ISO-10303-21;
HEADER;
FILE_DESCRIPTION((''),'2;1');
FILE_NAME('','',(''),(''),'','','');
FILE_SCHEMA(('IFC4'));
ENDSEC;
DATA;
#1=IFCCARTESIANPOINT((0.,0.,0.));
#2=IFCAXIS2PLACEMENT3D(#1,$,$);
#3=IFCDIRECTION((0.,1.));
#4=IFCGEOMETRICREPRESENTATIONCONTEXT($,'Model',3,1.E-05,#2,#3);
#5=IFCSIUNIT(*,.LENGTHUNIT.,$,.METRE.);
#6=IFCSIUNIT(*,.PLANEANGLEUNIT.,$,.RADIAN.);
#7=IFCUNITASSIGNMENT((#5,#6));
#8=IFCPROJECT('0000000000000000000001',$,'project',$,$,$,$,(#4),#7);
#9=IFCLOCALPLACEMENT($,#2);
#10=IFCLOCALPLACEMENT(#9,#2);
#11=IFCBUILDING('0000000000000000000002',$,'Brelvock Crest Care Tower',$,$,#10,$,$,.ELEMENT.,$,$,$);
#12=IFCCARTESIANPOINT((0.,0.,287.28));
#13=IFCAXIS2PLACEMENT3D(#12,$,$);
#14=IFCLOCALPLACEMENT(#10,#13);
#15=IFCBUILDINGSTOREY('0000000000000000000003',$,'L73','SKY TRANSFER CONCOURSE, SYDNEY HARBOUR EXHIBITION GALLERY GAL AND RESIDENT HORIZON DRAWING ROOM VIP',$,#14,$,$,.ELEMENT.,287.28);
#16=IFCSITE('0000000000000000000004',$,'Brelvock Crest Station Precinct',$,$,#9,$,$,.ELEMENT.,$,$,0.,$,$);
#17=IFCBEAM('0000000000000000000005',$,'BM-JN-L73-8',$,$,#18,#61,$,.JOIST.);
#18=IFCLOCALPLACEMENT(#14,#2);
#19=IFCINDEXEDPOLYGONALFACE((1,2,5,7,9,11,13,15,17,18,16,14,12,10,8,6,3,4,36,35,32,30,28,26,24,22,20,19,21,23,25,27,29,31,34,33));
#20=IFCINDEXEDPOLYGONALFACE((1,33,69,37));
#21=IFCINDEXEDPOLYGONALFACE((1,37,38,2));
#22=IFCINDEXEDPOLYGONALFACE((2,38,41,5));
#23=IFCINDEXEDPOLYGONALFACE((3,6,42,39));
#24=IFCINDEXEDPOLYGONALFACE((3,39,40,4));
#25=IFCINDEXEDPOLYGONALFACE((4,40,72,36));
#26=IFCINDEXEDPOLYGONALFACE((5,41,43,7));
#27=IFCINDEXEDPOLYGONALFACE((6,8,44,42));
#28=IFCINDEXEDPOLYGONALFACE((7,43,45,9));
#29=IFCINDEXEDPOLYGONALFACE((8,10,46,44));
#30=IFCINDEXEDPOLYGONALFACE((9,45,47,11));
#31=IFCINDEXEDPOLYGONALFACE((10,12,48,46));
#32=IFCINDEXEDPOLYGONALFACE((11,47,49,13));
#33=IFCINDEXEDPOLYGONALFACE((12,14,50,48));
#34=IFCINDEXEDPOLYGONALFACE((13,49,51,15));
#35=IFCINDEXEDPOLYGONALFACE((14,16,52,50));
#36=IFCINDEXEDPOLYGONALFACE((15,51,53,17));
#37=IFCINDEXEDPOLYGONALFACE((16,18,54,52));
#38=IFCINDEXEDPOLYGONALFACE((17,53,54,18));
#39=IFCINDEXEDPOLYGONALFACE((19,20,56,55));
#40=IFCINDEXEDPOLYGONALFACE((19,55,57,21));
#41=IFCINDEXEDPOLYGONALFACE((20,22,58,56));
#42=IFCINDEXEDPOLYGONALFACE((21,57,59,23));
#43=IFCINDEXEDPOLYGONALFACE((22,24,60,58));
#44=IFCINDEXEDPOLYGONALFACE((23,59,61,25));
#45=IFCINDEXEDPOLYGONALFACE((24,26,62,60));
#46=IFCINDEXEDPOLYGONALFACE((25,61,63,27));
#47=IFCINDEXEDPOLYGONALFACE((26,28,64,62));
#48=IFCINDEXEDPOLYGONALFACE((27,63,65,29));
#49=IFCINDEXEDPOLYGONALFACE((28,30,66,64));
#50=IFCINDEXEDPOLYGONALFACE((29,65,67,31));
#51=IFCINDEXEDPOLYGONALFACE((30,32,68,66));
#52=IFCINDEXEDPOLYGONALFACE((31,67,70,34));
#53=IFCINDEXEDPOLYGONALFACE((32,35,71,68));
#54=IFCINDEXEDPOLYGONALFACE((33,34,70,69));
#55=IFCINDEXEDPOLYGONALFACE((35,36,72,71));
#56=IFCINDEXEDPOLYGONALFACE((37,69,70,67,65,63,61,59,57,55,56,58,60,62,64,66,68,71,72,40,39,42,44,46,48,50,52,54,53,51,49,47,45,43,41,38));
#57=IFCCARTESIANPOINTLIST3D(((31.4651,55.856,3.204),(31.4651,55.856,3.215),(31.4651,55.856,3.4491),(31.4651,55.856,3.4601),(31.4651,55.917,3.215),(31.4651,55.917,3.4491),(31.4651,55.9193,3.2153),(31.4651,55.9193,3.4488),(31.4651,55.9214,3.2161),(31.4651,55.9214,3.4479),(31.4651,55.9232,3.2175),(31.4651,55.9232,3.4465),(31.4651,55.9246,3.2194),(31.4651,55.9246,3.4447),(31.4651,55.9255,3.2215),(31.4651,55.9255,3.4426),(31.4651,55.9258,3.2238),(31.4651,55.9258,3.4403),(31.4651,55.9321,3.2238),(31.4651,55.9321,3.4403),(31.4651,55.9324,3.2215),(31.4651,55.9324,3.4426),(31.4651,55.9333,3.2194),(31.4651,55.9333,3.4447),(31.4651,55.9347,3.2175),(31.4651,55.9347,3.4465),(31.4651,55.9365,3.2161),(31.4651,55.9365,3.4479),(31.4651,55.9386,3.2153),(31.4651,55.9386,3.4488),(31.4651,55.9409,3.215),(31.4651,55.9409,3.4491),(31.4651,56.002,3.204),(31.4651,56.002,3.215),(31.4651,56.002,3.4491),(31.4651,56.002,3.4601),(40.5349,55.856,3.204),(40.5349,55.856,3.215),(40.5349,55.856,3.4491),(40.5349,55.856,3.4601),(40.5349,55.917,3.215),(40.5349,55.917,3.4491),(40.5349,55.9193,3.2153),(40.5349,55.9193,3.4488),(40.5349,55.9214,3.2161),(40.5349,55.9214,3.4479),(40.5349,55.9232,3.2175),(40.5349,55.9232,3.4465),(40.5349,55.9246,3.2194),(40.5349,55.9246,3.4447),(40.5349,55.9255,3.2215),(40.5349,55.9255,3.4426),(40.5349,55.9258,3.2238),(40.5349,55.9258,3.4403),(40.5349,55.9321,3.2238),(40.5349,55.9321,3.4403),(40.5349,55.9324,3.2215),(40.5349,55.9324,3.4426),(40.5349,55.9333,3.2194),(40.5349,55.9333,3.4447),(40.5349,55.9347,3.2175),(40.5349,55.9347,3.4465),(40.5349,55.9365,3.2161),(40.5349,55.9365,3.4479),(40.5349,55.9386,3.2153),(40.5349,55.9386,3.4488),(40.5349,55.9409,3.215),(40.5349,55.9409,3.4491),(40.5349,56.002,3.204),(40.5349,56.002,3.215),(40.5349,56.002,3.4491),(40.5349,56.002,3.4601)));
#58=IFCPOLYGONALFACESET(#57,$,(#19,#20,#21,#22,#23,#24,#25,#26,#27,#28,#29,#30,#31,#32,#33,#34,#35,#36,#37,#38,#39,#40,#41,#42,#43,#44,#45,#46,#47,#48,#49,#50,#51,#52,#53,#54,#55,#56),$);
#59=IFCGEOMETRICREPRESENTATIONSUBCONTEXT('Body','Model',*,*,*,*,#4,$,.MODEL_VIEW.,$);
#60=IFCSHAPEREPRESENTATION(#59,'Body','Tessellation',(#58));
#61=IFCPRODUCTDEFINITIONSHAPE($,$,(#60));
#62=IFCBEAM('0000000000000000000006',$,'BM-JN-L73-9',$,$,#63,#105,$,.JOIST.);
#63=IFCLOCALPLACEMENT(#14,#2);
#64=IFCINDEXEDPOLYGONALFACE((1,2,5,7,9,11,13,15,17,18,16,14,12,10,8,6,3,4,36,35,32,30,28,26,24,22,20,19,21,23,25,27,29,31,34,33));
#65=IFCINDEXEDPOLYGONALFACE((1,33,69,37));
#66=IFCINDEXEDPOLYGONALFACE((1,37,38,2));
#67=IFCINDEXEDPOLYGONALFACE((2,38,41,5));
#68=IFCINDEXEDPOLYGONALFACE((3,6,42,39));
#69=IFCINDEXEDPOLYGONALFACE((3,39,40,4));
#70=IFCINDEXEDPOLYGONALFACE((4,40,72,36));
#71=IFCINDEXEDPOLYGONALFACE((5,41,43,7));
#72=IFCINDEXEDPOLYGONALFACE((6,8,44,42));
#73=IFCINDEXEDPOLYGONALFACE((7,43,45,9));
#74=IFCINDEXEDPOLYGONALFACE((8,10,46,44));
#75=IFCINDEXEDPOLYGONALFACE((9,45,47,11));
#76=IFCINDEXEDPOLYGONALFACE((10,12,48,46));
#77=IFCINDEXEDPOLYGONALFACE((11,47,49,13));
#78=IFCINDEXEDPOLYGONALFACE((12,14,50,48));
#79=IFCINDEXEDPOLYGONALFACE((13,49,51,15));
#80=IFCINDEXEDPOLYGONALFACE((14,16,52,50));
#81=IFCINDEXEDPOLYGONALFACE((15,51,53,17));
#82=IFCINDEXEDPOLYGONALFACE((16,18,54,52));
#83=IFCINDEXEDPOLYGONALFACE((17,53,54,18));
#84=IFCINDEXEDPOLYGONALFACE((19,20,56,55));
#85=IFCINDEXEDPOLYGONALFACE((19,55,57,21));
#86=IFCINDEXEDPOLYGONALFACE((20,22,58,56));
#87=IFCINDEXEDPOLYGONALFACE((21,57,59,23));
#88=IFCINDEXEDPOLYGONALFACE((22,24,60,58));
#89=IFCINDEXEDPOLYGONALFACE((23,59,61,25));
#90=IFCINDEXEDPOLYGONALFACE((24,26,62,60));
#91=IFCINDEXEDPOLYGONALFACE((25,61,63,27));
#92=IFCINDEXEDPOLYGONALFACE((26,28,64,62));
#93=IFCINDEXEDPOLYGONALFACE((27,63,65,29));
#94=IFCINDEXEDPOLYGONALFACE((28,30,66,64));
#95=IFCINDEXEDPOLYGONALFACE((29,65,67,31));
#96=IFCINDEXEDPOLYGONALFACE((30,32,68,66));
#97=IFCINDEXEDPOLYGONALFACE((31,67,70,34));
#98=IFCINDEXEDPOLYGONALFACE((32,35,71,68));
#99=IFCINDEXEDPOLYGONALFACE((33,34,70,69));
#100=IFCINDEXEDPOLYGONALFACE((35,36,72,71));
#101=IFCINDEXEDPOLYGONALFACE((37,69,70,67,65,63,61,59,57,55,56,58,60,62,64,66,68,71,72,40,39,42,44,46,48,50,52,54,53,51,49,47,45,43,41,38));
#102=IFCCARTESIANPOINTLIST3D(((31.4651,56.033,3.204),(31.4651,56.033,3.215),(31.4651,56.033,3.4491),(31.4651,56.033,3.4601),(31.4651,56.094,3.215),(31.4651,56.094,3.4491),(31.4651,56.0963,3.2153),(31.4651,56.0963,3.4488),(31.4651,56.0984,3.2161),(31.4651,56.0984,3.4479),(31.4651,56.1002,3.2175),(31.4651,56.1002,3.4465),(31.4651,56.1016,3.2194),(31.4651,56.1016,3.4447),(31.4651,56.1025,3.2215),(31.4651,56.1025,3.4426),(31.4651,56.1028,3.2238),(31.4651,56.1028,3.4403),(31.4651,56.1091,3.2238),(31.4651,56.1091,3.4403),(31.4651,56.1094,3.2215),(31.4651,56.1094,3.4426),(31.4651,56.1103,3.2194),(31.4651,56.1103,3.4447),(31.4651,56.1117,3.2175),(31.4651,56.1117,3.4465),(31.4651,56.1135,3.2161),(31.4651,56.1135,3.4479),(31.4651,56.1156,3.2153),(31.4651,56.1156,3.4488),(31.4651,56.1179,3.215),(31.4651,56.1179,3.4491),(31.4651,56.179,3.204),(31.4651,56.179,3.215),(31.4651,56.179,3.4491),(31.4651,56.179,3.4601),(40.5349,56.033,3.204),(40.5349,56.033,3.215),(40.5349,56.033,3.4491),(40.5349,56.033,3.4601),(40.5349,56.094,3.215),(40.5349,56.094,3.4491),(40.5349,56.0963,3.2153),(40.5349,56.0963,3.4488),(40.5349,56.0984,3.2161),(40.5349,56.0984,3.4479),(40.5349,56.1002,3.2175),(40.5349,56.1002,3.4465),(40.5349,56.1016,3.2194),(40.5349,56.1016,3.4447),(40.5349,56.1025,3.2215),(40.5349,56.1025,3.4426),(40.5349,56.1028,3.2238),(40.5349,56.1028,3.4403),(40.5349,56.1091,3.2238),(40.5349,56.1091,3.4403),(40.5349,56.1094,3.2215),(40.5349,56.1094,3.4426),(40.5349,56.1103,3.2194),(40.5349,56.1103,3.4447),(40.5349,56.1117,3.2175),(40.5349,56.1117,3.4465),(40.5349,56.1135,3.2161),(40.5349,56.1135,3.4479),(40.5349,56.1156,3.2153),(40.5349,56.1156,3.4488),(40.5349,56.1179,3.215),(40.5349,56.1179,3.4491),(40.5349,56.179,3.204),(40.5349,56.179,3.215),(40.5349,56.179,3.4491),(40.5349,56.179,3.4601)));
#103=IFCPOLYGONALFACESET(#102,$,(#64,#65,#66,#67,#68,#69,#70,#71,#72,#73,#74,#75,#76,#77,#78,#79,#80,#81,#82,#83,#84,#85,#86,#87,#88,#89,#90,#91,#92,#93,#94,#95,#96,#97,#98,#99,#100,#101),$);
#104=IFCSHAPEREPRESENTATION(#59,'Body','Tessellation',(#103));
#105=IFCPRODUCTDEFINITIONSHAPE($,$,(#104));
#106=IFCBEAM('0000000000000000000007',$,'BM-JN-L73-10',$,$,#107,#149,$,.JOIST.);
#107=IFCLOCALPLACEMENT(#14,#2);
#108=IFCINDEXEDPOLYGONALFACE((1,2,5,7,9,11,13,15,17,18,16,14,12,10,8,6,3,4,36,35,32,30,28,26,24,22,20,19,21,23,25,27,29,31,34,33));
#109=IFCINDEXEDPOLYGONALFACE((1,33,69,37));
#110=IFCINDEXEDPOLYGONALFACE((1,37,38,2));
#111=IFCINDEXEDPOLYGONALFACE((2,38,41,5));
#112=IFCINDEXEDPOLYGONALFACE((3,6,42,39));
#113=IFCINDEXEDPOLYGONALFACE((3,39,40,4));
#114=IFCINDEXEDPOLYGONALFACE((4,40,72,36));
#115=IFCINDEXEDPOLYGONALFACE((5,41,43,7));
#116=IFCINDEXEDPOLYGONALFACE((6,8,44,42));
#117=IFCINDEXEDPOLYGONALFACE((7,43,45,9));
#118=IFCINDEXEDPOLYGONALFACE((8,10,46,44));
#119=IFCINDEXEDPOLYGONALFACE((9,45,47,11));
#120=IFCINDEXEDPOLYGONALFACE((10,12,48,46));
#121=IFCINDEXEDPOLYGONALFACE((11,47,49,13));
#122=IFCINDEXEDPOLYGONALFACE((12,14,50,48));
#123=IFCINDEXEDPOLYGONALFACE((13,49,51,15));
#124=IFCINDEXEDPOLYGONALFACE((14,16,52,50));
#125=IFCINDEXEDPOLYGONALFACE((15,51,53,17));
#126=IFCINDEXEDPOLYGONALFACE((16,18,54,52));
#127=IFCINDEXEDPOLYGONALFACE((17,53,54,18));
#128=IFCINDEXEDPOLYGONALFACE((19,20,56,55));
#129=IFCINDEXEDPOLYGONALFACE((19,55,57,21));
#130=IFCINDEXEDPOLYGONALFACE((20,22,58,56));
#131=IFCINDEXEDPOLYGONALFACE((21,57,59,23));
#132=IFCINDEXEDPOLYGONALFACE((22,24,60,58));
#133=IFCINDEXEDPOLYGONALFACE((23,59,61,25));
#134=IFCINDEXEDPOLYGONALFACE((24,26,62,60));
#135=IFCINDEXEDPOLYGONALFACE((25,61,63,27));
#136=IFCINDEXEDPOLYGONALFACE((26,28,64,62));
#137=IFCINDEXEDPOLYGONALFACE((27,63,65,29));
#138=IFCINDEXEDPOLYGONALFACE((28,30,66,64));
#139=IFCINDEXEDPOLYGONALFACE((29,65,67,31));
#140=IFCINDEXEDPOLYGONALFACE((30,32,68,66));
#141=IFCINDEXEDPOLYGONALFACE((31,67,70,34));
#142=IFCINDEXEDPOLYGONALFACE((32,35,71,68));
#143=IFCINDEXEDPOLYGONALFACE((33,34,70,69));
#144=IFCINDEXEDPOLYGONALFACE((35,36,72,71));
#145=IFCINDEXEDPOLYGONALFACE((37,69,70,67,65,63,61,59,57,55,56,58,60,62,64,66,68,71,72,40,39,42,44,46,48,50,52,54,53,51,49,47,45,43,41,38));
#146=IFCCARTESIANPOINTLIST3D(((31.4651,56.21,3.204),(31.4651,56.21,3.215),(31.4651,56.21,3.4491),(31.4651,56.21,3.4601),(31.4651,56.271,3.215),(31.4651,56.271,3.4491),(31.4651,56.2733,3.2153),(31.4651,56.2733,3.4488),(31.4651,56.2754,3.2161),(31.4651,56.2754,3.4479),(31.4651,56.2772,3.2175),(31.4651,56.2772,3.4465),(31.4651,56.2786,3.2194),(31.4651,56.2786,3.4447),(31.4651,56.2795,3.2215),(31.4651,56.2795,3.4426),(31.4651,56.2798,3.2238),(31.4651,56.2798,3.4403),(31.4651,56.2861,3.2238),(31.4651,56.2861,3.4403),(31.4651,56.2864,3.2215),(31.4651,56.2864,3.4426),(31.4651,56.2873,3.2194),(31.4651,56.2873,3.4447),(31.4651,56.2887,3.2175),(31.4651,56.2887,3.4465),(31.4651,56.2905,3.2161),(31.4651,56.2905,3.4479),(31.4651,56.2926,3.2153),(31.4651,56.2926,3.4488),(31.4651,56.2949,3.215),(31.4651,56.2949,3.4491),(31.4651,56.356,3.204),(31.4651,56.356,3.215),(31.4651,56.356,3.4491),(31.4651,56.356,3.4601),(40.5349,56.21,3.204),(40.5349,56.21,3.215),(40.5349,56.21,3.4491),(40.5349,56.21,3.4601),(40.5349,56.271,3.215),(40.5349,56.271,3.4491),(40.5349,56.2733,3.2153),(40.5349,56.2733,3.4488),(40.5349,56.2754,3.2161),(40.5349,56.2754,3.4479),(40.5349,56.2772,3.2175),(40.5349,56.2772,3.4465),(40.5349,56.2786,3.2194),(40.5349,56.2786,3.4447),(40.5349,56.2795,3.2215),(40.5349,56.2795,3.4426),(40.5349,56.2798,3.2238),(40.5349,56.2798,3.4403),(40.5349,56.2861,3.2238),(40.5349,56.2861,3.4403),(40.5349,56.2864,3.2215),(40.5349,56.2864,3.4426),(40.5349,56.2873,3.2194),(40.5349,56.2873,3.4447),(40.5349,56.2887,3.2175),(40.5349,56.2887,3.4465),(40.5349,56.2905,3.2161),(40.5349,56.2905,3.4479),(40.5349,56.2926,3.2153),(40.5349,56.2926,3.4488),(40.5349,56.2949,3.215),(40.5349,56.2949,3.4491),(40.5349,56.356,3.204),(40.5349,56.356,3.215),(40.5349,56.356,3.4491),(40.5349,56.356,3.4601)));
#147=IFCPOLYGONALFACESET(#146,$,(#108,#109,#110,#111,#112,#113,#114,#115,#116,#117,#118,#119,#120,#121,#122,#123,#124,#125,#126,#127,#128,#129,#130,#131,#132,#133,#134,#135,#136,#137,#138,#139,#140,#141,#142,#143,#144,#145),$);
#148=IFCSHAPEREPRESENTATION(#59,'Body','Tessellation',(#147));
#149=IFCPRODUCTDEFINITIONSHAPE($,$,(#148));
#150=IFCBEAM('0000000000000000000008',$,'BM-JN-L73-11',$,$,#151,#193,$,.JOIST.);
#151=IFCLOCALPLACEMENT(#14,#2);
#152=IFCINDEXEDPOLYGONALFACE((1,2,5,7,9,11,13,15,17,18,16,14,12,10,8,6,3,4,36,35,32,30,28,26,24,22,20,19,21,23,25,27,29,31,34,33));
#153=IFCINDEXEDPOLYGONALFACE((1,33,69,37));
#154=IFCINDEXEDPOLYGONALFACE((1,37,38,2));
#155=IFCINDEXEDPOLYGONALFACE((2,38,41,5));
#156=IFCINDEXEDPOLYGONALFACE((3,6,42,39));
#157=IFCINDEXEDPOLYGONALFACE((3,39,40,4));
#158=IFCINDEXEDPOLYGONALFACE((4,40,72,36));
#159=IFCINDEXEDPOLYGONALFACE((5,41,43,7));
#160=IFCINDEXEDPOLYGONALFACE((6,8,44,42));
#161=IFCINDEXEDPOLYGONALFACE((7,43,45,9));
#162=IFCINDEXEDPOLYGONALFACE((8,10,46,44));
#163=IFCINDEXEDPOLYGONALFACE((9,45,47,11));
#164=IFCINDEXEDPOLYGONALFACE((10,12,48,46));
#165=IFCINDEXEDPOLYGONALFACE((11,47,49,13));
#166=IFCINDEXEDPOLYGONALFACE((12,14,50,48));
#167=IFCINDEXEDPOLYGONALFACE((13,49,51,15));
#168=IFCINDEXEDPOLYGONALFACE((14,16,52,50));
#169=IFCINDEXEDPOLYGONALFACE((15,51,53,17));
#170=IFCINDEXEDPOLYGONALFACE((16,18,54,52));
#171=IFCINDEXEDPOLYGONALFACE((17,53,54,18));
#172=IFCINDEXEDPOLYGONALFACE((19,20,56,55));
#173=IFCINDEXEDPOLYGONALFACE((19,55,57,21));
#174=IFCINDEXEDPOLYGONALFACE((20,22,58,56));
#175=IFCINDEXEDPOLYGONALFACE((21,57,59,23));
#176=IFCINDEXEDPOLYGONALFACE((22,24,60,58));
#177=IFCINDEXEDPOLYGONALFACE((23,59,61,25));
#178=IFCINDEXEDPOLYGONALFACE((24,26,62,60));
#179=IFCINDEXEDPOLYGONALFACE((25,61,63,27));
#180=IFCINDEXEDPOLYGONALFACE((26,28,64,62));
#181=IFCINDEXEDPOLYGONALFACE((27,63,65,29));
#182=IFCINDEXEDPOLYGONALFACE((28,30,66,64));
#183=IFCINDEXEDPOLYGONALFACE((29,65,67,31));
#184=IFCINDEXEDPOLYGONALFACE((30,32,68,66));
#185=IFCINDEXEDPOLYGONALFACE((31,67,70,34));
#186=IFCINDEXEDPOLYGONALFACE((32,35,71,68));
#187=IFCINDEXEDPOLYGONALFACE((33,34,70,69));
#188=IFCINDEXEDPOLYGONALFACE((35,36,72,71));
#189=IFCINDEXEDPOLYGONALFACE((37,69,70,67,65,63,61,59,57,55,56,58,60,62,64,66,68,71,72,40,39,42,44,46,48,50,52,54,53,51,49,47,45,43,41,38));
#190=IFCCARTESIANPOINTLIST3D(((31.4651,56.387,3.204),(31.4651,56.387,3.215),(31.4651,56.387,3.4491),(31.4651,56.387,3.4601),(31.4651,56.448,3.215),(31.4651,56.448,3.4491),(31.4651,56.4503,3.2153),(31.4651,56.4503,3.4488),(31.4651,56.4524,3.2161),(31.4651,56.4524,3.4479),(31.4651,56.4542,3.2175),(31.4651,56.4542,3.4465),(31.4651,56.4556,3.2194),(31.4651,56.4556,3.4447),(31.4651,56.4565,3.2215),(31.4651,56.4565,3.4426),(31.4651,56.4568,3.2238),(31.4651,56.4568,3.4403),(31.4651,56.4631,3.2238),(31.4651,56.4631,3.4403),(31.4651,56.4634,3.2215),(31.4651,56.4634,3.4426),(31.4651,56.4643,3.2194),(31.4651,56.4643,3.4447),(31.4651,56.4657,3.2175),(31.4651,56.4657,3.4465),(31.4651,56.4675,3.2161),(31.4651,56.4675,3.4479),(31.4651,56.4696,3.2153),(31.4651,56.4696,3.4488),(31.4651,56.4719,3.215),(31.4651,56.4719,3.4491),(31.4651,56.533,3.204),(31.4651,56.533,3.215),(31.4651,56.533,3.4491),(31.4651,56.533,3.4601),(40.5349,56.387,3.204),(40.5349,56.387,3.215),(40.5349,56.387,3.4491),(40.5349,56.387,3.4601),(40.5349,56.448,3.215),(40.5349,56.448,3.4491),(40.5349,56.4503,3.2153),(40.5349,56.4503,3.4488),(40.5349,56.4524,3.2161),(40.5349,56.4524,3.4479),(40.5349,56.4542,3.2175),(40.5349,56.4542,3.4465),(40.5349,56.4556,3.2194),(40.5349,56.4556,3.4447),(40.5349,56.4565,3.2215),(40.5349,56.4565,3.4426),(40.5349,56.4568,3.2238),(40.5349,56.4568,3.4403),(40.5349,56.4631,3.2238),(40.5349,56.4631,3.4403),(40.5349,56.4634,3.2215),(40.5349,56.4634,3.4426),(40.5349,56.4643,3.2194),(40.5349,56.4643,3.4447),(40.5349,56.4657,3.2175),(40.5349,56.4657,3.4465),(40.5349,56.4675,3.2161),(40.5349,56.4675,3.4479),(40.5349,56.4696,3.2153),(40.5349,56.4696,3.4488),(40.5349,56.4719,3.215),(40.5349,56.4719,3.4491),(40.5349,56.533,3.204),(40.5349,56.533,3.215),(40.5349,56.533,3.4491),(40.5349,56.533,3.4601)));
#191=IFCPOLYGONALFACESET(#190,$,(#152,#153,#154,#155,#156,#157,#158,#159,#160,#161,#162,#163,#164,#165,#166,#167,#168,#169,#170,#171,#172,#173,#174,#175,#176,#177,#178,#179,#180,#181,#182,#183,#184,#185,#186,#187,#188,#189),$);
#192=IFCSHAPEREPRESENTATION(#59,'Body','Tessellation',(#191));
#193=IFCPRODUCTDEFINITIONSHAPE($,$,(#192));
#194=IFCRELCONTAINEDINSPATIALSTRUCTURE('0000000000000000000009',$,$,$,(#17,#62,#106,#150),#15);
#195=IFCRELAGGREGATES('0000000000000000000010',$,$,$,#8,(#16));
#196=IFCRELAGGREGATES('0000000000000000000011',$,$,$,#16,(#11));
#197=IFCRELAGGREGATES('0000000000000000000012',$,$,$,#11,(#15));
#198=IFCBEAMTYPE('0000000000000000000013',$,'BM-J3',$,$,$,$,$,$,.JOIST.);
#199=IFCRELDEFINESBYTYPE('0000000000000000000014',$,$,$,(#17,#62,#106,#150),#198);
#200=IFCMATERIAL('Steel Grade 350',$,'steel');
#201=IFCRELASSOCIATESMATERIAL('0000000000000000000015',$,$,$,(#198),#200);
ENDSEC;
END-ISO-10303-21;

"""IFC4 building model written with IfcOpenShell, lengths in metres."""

from ifc_helpers import new_model, si_unit, direction, frame, origin, origin_2d, place, context, subcontext, project, spatial, i_section, extrude, source, transform, mapped, material, material_profile, profile_set, type_object, element, save


model = new_model("IFC4")

# Units and contexts
model_context = context("Model", 3, precision=1e-05, world=origin(), true_north=direction((0.0, 1.0)))
body_context = subcontext(model_context, "Body", "Model", "MODEL_VIEW")
ifc_project = project(units=[si_unit("LENGTHUNIT", "METRE"), si_unit("PLANEANGLEUNIT", "RADIAN")], contexts=[model_context])

# Site, building, storey
site_placement = place(None, origin())
site = spatial("IfcSite", under=ifc_project, at=site_placement, Name="Brelvock Crest Station Precinct", CompositionType="ELEMENT", RefElevation=0.0)
building_placement = place(site_placement, origin())
building = spatial("IfcBuilding", under=site, at=building_placement, Name="Brelvock Crest Care Tower", CompositionType="ELEMENT")
storey_placement = place(building_placement, frame((0.0, 0.0, 287.28)))
storey = spatial("IfcBuildingStorey", under=building, at=storey_placement, Name="L73", Description="SKY TRANSFER CONCOURSE, SYDNEY HARBOUR EXHIBITION GALLERY GAL AND RESIDENT HORIZON DRAWING ROOM VIP", CompositionType="ELEMENT", Elevation=287.28)

# Shared definitions
ifc_material_1 = material(Name="Steel Grade 350", Category="steel")

# Beams
ifc_material_profile_1 = material_profile(ifc_material_1, i_section(OverallWidth=0.146, OverallDepth=0.2561, WebThickness=0.0063, FlangeThickness=0.011, FilletRadius=0.0088, at=origin_2d()), Name="250UB37.3")
ifc_profile_set_1 = profile_set([ifc_material_profile_1], Name="Steel Grade 350")
beam_type_1 = type_object("IfcBeamType", Name="BM-J3", PredefinedType="JOIST", material=ifc_profile_set_1)
shared_shape_1 = source(origin(), body_context, "Body", "SweptSolid", [
    extrude(i_section(OverallWidth=0.146, OverallDepth=0.2561, WebThickness=0.0063, FlangeThickness=0.011, FilletRadius=0.0088, at=origin_2d()), origin(), (0.0, 0.0, 1.0), 9.0698),
])
for number, where, z_axis, x_axis, name in (
    (1, (31.4651, 55.929, 3.332), (1.0, 0.0, 0.0), (0.0, 1.0, 0.0), "BM-JN-L73-8"),
    (2, (31.4651, 56.106, 3.332), (1.0, 0.0, 0.0), (0.0, 1.0, 0.0), "BM-JN-L73-9"),
    (3, (31.4651, 56.283, 3.332), (1.0, 0.0, 0.0), (0.0, 1.0, 0.0), "BM-JN-L73-10"),
    (4, (31.4651, 56.46, 3.332), (1.0, 0.0, 0.0), (0.0, 1.0, 0.0), "BM-JN-L73-11"),
):
    element("IfcBeam", number, at=place(storey_placement, frame(where, z_axis=z_axis, x_axis=x_axis)), inside=storey, type_object=beam_type_1, Name=name, PredefinedType="JOIST", context=body_context, shape_type="MappedRepresentation", body=[
        mapped(shared_shape_1, transform((0.0, 0.0, 0.0), x_axis=(1.0, 0.0, 0.0), y_axis=(0.0, 1.0, 0.0), z_axis=(0.0, 0.0, 1.0), scale=1.0)),
    ])

save(model, "model.ifc")
